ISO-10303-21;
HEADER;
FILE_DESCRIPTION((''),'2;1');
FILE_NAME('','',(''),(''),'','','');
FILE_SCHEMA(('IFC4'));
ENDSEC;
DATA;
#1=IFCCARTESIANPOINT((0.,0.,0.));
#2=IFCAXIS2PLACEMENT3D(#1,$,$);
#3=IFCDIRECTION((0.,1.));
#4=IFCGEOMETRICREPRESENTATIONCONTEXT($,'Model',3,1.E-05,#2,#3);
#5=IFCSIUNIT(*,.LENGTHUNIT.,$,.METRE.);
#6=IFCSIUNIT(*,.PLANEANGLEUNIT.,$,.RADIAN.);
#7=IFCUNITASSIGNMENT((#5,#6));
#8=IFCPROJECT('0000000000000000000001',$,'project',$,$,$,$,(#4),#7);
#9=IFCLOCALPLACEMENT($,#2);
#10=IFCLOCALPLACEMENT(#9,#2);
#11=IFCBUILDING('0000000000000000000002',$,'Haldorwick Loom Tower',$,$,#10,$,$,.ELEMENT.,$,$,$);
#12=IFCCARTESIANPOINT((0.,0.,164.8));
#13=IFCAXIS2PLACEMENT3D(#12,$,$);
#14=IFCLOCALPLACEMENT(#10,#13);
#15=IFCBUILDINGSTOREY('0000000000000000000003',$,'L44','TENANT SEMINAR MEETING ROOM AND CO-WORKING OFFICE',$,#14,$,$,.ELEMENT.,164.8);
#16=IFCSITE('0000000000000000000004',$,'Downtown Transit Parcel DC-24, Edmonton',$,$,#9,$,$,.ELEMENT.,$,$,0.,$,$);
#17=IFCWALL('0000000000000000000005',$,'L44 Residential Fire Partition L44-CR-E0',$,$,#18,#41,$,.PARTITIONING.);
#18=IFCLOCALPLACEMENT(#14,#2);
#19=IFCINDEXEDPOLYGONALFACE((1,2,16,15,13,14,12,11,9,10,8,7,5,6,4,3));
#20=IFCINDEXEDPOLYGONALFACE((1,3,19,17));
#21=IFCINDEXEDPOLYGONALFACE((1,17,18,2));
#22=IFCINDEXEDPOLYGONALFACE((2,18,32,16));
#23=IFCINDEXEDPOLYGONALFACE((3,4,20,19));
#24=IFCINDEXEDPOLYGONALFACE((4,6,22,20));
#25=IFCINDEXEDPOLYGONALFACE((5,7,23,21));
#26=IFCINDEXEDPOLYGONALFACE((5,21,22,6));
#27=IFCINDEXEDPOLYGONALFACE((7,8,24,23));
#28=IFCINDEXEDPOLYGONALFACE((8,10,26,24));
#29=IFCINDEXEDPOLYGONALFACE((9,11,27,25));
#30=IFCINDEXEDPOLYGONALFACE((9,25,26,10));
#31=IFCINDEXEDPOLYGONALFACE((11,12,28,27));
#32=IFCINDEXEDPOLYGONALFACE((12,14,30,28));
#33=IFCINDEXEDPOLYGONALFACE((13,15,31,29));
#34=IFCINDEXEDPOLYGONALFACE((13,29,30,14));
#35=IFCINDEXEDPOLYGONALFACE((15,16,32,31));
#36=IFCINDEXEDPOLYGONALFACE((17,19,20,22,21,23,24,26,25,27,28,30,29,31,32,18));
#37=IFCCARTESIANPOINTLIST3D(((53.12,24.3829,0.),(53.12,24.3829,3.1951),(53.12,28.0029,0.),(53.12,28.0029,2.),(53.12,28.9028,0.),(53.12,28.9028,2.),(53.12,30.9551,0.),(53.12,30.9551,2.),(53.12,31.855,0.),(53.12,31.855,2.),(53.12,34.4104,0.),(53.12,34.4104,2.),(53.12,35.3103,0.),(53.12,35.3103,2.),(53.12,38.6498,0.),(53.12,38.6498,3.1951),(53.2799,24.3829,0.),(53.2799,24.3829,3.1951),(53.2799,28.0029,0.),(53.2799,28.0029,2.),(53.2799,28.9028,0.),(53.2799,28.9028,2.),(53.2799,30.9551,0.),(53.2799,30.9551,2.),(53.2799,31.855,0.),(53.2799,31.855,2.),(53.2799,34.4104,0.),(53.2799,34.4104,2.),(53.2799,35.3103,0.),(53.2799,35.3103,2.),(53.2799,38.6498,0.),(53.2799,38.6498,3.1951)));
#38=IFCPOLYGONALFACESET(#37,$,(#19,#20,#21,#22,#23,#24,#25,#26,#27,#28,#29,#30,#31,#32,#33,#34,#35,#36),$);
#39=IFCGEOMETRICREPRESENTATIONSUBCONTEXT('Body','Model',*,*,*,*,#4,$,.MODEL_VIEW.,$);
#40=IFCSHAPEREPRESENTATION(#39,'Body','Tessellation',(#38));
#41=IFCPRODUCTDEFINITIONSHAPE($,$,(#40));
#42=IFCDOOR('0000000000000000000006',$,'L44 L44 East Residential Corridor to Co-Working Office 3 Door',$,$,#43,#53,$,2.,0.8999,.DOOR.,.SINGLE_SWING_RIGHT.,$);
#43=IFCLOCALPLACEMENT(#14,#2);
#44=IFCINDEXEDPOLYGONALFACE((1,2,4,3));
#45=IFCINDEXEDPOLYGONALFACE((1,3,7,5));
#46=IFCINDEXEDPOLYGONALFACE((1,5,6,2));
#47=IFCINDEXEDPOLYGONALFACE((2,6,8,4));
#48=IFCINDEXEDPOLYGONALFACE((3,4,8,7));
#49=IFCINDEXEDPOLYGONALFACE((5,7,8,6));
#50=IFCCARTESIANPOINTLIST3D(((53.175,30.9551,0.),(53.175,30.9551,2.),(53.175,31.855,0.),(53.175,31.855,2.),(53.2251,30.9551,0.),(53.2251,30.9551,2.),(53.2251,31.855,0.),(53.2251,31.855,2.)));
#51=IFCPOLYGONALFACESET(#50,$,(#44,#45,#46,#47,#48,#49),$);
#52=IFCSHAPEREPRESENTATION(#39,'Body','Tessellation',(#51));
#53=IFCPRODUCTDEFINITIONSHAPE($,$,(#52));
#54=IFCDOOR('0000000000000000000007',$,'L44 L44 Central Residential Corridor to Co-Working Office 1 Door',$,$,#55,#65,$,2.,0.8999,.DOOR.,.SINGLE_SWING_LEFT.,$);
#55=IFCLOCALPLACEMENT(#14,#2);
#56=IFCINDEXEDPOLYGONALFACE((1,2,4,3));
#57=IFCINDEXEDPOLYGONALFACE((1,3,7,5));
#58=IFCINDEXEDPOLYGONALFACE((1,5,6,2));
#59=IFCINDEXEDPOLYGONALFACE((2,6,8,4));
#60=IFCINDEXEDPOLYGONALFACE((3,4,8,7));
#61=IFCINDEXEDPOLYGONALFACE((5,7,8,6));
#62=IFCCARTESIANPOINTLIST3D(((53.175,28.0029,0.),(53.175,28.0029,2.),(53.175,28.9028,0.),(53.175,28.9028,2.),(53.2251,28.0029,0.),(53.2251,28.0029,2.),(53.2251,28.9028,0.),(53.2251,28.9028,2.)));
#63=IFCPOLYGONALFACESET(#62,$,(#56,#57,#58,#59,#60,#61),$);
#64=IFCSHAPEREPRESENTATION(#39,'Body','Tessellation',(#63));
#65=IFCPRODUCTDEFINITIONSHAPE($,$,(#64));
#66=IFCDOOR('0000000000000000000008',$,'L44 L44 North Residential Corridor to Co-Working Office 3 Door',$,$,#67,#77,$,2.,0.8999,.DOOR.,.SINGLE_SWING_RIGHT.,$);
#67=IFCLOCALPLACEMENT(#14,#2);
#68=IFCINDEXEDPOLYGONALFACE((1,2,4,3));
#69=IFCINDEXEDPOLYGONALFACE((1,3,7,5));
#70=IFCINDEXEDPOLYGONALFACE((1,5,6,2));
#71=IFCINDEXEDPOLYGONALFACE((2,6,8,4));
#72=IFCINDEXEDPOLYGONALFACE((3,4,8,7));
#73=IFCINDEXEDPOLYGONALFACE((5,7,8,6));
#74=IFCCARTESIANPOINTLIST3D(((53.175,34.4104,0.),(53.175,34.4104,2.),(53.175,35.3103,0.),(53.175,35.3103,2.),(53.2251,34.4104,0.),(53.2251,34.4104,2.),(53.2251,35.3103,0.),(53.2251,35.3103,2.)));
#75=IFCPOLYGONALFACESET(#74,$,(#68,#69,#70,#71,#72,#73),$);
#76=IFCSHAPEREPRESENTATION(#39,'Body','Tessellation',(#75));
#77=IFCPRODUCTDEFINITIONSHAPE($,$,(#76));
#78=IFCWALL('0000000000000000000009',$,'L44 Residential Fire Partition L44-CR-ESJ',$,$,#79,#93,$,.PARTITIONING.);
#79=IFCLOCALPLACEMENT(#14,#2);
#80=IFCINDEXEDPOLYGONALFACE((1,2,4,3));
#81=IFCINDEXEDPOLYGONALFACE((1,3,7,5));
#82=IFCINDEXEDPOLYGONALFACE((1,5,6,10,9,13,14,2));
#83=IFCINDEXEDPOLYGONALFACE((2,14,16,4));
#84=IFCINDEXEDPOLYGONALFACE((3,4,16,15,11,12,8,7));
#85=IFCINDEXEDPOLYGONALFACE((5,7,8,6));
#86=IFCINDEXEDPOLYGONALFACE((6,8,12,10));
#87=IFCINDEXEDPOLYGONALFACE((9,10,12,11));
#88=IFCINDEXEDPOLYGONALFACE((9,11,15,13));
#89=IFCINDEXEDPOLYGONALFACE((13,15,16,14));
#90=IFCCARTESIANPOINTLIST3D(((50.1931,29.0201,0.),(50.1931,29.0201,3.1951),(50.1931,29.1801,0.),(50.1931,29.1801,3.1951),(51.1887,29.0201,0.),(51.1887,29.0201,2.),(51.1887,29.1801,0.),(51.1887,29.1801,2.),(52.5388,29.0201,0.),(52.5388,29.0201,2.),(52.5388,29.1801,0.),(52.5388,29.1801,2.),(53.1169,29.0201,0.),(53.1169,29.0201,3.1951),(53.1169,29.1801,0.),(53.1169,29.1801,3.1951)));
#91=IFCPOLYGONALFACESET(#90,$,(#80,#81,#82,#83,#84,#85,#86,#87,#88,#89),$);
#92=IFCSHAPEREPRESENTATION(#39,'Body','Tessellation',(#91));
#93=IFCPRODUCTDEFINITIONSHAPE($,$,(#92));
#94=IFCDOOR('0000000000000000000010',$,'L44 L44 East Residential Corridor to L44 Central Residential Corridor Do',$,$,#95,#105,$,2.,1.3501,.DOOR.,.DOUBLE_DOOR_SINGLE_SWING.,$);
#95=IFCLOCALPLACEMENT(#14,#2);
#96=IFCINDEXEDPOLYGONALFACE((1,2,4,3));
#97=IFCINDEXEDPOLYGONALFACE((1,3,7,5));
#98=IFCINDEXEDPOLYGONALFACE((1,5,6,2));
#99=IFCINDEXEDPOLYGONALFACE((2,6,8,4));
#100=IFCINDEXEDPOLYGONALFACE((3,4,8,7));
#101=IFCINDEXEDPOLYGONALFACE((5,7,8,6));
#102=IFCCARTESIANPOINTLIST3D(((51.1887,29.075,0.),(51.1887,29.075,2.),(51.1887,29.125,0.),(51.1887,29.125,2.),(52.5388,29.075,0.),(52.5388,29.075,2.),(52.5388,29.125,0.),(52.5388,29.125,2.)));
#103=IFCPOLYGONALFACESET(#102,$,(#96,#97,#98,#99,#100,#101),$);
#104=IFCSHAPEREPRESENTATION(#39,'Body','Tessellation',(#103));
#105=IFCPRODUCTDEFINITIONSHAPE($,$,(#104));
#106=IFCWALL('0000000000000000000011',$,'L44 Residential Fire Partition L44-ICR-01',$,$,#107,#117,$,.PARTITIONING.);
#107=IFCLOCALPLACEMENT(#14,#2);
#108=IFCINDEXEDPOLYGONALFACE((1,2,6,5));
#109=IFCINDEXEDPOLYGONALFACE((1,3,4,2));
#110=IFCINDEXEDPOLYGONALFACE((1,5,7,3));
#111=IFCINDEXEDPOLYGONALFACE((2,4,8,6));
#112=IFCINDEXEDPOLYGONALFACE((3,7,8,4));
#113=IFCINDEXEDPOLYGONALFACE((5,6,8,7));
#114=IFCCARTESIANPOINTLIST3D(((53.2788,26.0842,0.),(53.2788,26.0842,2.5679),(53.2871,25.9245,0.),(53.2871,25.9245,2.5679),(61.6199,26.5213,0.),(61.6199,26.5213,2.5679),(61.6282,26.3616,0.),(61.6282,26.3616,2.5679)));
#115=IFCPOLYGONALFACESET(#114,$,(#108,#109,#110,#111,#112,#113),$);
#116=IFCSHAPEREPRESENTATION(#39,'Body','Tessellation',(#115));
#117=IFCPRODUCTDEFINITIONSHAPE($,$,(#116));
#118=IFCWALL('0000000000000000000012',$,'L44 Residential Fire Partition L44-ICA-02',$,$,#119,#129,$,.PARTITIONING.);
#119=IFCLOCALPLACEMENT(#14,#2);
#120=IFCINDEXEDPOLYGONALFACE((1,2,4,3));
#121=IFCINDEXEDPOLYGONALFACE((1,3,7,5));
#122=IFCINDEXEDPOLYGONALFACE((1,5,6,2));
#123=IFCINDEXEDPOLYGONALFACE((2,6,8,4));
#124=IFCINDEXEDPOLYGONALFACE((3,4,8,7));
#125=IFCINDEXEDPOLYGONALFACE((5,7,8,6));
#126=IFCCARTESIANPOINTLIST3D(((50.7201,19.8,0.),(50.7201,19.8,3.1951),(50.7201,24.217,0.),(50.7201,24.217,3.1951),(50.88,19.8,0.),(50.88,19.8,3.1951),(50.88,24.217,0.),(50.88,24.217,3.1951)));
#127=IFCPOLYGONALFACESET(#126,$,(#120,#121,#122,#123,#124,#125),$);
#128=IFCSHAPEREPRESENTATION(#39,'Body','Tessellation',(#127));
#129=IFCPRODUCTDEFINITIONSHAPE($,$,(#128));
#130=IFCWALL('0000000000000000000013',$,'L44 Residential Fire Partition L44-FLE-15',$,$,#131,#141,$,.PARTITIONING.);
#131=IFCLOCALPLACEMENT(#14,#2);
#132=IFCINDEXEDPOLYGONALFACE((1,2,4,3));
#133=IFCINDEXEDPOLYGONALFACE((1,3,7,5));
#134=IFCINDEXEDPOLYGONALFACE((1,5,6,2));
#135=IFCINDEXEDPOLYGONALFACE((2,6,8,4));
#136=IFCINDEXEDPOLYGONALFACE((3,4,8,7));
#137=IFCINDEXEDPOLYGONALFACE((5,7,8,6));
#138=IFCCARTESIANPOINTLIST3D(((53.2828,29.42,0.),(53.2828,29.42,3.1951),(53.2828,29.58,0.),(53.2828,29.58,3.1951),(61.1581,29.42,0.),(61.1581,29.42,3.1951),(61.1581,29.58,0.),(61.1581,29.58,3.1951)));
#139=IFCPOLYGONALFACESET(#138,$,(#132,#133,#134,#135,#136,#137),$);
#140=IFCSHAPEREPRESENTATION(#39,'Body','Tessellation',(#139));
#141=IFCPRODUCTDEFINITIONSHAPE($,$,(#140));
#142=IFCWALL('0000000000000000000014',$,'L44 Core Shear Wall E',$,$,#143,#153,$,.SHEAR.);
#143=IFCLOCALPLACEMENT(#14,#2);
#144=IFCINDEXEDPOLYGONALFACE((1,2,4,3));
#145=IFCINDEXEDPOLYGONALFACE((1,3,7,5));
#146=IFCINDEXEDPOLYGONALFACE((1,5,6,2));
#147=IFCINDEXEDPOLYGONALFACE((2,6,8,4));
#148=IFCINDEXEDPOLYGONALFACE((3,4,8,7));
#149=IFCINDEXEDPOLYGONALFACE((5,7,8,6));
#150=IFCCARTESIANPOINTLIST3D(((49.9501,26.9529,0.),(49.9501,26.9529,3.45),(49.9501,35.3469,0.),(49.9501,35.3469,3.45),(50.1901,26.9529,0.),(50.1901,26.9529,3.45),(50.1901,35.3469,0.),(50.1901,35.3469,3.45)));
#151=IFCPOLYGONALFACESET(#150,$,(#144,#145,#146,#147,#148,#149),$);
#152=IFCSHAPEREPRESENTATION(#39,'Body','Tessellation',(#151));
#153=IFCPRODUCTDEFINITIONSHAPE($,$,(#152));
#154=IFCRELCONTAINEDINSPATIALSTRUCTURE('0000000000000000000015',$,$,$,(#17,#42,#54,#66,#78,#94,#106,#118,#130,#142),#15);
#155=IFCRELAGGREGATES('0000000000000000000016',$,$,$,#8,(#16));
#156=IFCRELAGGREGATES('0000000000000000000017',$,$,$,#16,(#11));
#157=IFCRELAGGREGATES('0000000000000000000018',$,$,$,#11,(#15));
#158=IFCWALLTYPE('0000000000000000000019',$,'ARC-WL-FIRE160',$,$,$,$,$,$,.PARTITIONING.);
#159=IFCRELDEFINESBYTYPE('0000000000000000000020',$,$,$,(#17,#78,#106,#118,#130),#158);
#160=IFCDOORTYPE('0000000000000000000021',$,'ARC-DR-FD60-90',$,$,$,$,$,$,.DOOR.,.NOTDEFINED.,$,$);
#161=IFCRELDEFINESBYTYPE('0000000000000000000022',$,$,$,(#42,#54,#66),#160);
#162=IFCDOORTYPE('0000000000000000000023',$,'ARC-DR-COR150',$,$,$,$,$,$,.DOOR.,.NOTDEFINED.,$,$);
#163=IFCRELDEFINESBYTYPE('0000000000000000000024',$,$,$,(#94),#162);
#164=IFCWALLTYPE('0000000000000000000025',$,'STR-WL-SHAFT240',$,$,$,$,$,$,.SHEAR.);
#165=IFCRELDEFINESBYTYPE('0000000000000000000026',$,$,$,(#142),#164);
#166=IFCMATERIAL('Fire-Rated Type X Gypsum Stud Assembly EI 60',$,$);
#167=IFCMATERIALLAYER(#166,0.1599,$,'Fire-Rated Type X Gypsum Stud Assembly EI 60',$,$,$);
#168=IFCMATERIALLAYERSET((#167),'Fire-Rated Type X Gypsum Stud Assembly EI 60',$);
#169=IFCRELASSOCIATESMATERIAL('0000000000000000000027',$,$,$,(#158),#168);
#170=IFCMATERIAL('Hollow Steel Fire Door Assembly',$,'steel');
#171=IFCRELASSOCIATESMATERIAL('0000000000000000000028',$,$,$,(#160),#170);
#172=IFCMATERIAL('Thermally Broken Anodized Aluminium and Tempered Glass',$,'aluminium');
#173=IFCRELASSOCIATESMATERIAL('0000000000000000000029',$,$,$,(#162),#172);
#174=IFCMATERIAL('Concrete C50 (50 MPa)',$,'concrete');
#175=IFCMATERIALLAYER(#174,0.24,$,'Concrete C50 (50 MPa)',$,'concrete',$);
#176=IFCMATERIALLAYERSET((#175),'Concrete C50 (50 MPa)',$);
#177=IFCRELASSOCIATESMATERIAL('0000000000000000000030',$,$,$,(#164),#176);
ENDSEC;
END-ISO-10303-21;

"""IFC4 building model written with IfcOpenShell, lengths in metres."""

from ifc_helpers import new_model, si_unit, direction, frame, frame_2d, origin, place, context, subcontext, project, spatial, rectangle, extrude, material, layer, layer_set, type_object, element, fill, save


model = new_model("IFC4")

# Units and contexts
model_context = context("Model", 3, precision=1e-05, world=origin(), true_north=direction((0.0, 1.0)))
body_context = subcontext(model_context, "Body", "Model", "MODEL_VIEW")
ifc_project = project(units=[si_unit("LENGTHUNIT", "METRE"), si_unit("PLANEANGLEUNIT", "RADIAN")], contexts=[model_context])

# Site, building, storey
site_placement = place(None, origin())
site = spatial("IfcSite", under=ifc_project, at=site_placement, Name="Downtown Transit Parcel DC-24, Edmonton", CompositionType="ELEMENT", RefElevation=0.0)
building_placement = place(site_placement, origin())
building = spatial("IfcBuilding", under=site, at=building_placement, Name="Haldorwick Loom Tower", CompositionType="ELEMENT")
storey_placement = place(building_placement, frame((0.0, 0.0, 164.8)))
storey = spatial("IfcBuildingStorey", under=building, at=storey_placement, Name="L44", Description="TENANT SEMINAR MEETING ROOM AND CO-WORKING OFFICE", CompositionType="ELEMENT", Elevation=164.8)

# Wall, openings, doors
ifc_material_1 = material(Name="Fire-Rated Type X Gypsum Stud Assembly EI 60")
ifc_layer_1 = layer(ifc_material_1, 0.1599, Name="Fire-Rated Type X Gypsum Stud Assembly EI 60")
ifc_layer_set_1 = layer_set([ifc_layer_1], Name="Fire-Rated Type X Gypsum Stud Assembly EI 60")
wall_type_1 = type_object("IfcWallType", Name="ARC-WL-FIRE160", PredefinedType="PARTITIONING", material=ifc_layer_set_1)
wall_1_placement = place(storey_placement, frame((53.2, 24.3831, 0.0), z_axis=(0.0, 0.0, 1.0), x_axis=(0.0, 1.0, 0.0)))
wall_1 = element("IfcWall", 1, at=wall_1_placement, inside=storey, type_object=wall_type_1, Name="L44 Residential Fire Partition L44-CR-E0", PredefinedType="PARTITIONING", context=body_context, shape_type="SweptSolid", body=[
    extrude(rectangle(XDim=14.2668, YDim=0.1599, at=frame_2d((7.1333, 0.0))), origin(), (0.0, 0.0, 1.0), 3.1951),
])
opening_1_placement = place(wall_1_placement, frame((6.572, 0.0, 0.0)))
opening_1 = element("IfcOpeningElement", 2, at=opening_1_placement, cuts=wall_1, PredefinedType="OPENING", context=body_context, shape_type="SweptSolid", body=[
    extrude(rectangle(XDim=0.8999, YDim=2.0, at=frame_2d((0.45, 1.0))), frame((0.0, 0.0898, 0.0), z_axis=(0.0, -1.0, 0.0), x_axis=(1.0, 0.0, 0.0)), (0.0, 0.0, 1.0), 0.1799),
])
opening_2_placement = place(wall_1_placement, frame((3.6199, 0.0, 0.0)))
opening_2 = element("IfcOpeningElement", 3, at=opening_2_placement, cuts=wall_1, PredefinedType="OPENING", context=body_context, shape_type="SweptSolid", body=[
    extrude(rectangle(XDim=0.8999, YDim=2.0, at=frame_2d((0.45, 1.0))), frame((0.0, 0.0898, 0.0), z_axis=(0.0, -1.0, 0.0), x_axis=(1.0, 0.0, 0.0)), (0.0, 0.0, 1.0), 0.1799),
])
opening_3_placement = place(wall_1_placement, frame((10.0273, 0.0, 0.0)))
opening_3 = element("IfcOpeningElement", 4, at=opening_3_placement, cuts=wall_1, PredefinedType="OPENING", context=body_context, shape_type="SweptSolid", body=[
    extrude(rectangle(XDim=0.8999, YDim=2.0, at=frame_2d((0.45, 1.0))), frame((0.0, 0.0898, 0.0), z_axis=(0.0, -1.0, 0.0), x_axis=(1.0, 0.0, 0.0)), (0.0, 0.0, 1.0), 0.1799),
])
ifc_material_2 = material(Name="Hollow Steel Fire Door Assembly", Category="steel")
door_type_1 = type_object("IfcDoorType", Name="ARC-DR-FD60-90", OperationType="NOTDEFINED", PredefinedType="DOOR", material=ifc_material_2)
door_1_placement = place(opening_1_placement, origin())
door_1 = element("IfcDoor", 5, at=door_1_placement, inside=storey, type_object=door_type_1, Name="L44 L44 East Residential Corridor to Co-Working Office 3 Door", OperationType="SINGLE_SWING_RIGHT", OverallHeight=2.0, OverallWidth=0.8999, PredefinedType="DOOR", context=body_context, shape_type="SweptSolid", body=[
    extrude(rectangle(XDim=0.8999, YDim=2.0, at=frame_2d((0.45, 1.0))), frame((0.0, 0.0249, 0.0), z_axis=(0.0, -1.0, 0.0), x_axis=(1.0, 0.0, 0.0)), (0.0, 0.0, 1.0), 0.05),
])
fill(opening_1, door_1)
door_2_placement = place(opening_2_placement, origin())
door_2 = element("IfcDoor", 6, at=door_2_placement, inside=storey, type_object=door_type_1, Name="L44 L44 Central Residential Corridor to Co-Working Office 1 Door", OperationType="SINGLE_SWING_LEFT", OverallHeight=2.0, OverallWidth=0.8999, PredefinedType="DOOR", context=body_context, shape_type="SweptSolid", body=[
    extrude(rectangle(XDim=0.8999, YDim=2.0, at=frame_2d((0.45, 1.0))), frame((0.0, 0.0249, 0.0), z_axis=(0.0, -1.0, 0.0), x_axis=(1.0, 0.0, 0.0)), (0.0, 0.0, 1.0), 0.05),
])
fill(opening_2, door_2)
door_3_placement = place(opening_3_placement, origin())
door_3 = element("IfcDoor", 7, at=door_3_placement, inside=storey, type_object=door_type_1, Name="L44 L44 North Residential Corridor to Co-Working Office 3 Door", OperationType="SINGLE_SWING_RIGHT", OverallHeight=2.0, OverallWidth=0.8999, PredefinedType="DOOR", context=body_context, shape_type="SweptSolid", body=[
    extrude(rectangle(XDim=0.8999, YDim=2.0, at=frame_2d((0.45, 1.0))), frame((0.0, 0.0249, 0.0), z_axis=(0.0, -1.0, 0.0), x_axis=(1.0, 0.0, 0.0)), (0.0, 0.0, 1.0), 0.05),
])
fill(opening_3, door_3)

# Wall, opening, door
wall_2_placement = place(storey_placement, frame((50.1931, 29.1001, 0.0), z_axis=(0.0, 0.0, 1.0), x_axis=(1.0, 0.0, 0.0)))
wall_2 = element("IfcWall", 8, at=wall_2_placement, inside=storey, type_object=wall_type_1, Name="L44 Residential Fire Partition L44-CR-ESJ", PredefinedType="PARTITIONING", context=body_context, shape_type="SweptSolid", body=[
    extrude(rectangle(XDim=2.9238, YDim=0.1599, at=frame_2d((1.4619, 0.0))), origin(), (0.0, 0.0, 1.0), 3.1951),
])
opening_4_placement = place(wall_2_placement, frame((0.9956, 0.0, 0.0)))
opening_4 = element("IfcOpeningElement", 9, at=opening_4_placement, cuts=wall_2, PredefinedType="OPENING", context=body_context, shape_type="SweptSolid", body=[
    extrude(rectangle(XDim=1.3501, YDim=2.0, at=frame_2d((0.675, 1.0))), frame((0.0, 0.0898, 0.0), z_axis=(0.0, -1.0, 0.0), x_axis=(1.0, 0.0, 0.0)), (0.0, 0.0, 1.0), 0.1799),
])
ifc_material_3 = material(Name="Thermally Broken Anodized Aluminium and Tempered Glass", Category="aluminium")
door_type_2 = type_object("IfcDoorType", Name="ARC-DR-COR150", OperationType="NOTDEFINED", PredefinedType="DOOR", material=ifc_material_3)
door_4_placement = place(opening_4_placement, origin())
door_4 = element("IfcDoor", 10, at=door_4_placement, inside=storey, type_object=door_type_2, Name="L44 L44 East Residential Corridor to L44 Central Residential Corridor Do", OperationType="DOUBLE_DOOR_SINGLE_SWING", OverallHeight=2.0, OverallWidth=1.3501, PredefinedType="DOOR", context=body_context, shape_type="SweptSolid", body=[
    extrude(rectangle(XDim=1.3501, YDim=2.0, at=frame_2d((0.675, 1.0))), frame((0.0, 0.0249, 0.0), z_axis=(0.0, -1.0, 0.0), x_axis=(1.0, 0.0, 0.0)), (0.0, 0.0, 1.0), 0.05),
])
fill(opening_4, door_4)

# Walls
wall_3_placement = place(storey_placement, frame((53.283, 26.0044, 0.0), z_axis=(0.0, 0.0, 1.0), x_axis=(0.99863, 0.052321, 0.0)))
element("IfcWall", 11, at=wall_3_placement, inside=storey, type_object=wall_type_1, Name="L44 Residential Fire Partition L44-ICR-01", PredefinedType="PARTITIONING", context=body_context, shape_type="SweptSolid", body=[
    extrude(rectangle(XDim=8.3525, YDim=0.1599, at=frame_2d((4.1763, 0.0))), origin(), (0.0, 0.0, 1.0), 2.5679),
])
wall_4_placement = place(storey_placement, frame((50.8, 24.217, 0.0), z_axis=(0.0, 0.0, 1.0), x_axis=(0.0, -1.0, 0.0)))
element("IfcWall", 12, at=wall_4_placement, inside=storey, type_object=wall_type_1, Name="L44 Residential Fire Partition L44-ICA-02", PredefinedType="PARTITIONING", context=body_context, shape_type="SweptSolid", body=[
    extrude(rectangle(XDim=4.417, YDim=0.1599, at=frame_2d((2.2085, 0.0))), origin(), (0.0, 0.0, 1.0), 3.1951),
])
wall_5_placement = place(storey_placement, frame((53.283, 29.5, 0.0), z_axis=(0.0, 0.0, 1.0), x_axis=(1.0, 0.0, 0.0)))
element("IfcWall", 13, at=wall_5_placement, inside=storey, type_object=wall_type_1, Name="L44 Residential Fire Partition L44-FLE-15", PredefinedType="PARTITIONING", context=body_context, shape_type="SweptSolid", body=[
    extrude(rectangle(XDim=7.8752, YDim=0.1599, at=frame_2d((3.9375, 0.0))), origin(), (0.0, 0.0, 1.0), 3.1951),
])
ifc_material_4 = material(Name="Concrete C50 (50 MPa)", Category="concrete")
ifc_layer_2 = layer(ifc_material_4, 0.24, Name="Concrete C50 (50 MPa)", Category="concrete")
ifc_layer_set_2 = layer_set([ifc_layer_2], Name="Concrete C50 (50 MPa)")
wall_type_2 = type_object("IfcWallType", Name="STR-WL-SHAFT240", PredefinedType="SHEAR", material=ifc_layer_set_2)
wall_6_placement = place(storey_placement, frame((50.0701, 26.9529, 0.0), z_axis=(0.0, 0.0, 1.0), x_axis=(0.0, 1.0, 0.0)))
element("IfcWall", 14, at=wall_6_placement, inside=storey, type_object=wall_type_2, Name="L44 Core Shear Wall E", PredefinedType="SHEAR", context=body_context, shape_type="SweptSolid", body=[
    extrude(rectangle(XDim=8.394, YDim=0.24, at=frame_2d((4.197, 0.0))), origin(), (0.0, 0.0, 1.0), 3.45),
])

save(model, "model.ifc")
